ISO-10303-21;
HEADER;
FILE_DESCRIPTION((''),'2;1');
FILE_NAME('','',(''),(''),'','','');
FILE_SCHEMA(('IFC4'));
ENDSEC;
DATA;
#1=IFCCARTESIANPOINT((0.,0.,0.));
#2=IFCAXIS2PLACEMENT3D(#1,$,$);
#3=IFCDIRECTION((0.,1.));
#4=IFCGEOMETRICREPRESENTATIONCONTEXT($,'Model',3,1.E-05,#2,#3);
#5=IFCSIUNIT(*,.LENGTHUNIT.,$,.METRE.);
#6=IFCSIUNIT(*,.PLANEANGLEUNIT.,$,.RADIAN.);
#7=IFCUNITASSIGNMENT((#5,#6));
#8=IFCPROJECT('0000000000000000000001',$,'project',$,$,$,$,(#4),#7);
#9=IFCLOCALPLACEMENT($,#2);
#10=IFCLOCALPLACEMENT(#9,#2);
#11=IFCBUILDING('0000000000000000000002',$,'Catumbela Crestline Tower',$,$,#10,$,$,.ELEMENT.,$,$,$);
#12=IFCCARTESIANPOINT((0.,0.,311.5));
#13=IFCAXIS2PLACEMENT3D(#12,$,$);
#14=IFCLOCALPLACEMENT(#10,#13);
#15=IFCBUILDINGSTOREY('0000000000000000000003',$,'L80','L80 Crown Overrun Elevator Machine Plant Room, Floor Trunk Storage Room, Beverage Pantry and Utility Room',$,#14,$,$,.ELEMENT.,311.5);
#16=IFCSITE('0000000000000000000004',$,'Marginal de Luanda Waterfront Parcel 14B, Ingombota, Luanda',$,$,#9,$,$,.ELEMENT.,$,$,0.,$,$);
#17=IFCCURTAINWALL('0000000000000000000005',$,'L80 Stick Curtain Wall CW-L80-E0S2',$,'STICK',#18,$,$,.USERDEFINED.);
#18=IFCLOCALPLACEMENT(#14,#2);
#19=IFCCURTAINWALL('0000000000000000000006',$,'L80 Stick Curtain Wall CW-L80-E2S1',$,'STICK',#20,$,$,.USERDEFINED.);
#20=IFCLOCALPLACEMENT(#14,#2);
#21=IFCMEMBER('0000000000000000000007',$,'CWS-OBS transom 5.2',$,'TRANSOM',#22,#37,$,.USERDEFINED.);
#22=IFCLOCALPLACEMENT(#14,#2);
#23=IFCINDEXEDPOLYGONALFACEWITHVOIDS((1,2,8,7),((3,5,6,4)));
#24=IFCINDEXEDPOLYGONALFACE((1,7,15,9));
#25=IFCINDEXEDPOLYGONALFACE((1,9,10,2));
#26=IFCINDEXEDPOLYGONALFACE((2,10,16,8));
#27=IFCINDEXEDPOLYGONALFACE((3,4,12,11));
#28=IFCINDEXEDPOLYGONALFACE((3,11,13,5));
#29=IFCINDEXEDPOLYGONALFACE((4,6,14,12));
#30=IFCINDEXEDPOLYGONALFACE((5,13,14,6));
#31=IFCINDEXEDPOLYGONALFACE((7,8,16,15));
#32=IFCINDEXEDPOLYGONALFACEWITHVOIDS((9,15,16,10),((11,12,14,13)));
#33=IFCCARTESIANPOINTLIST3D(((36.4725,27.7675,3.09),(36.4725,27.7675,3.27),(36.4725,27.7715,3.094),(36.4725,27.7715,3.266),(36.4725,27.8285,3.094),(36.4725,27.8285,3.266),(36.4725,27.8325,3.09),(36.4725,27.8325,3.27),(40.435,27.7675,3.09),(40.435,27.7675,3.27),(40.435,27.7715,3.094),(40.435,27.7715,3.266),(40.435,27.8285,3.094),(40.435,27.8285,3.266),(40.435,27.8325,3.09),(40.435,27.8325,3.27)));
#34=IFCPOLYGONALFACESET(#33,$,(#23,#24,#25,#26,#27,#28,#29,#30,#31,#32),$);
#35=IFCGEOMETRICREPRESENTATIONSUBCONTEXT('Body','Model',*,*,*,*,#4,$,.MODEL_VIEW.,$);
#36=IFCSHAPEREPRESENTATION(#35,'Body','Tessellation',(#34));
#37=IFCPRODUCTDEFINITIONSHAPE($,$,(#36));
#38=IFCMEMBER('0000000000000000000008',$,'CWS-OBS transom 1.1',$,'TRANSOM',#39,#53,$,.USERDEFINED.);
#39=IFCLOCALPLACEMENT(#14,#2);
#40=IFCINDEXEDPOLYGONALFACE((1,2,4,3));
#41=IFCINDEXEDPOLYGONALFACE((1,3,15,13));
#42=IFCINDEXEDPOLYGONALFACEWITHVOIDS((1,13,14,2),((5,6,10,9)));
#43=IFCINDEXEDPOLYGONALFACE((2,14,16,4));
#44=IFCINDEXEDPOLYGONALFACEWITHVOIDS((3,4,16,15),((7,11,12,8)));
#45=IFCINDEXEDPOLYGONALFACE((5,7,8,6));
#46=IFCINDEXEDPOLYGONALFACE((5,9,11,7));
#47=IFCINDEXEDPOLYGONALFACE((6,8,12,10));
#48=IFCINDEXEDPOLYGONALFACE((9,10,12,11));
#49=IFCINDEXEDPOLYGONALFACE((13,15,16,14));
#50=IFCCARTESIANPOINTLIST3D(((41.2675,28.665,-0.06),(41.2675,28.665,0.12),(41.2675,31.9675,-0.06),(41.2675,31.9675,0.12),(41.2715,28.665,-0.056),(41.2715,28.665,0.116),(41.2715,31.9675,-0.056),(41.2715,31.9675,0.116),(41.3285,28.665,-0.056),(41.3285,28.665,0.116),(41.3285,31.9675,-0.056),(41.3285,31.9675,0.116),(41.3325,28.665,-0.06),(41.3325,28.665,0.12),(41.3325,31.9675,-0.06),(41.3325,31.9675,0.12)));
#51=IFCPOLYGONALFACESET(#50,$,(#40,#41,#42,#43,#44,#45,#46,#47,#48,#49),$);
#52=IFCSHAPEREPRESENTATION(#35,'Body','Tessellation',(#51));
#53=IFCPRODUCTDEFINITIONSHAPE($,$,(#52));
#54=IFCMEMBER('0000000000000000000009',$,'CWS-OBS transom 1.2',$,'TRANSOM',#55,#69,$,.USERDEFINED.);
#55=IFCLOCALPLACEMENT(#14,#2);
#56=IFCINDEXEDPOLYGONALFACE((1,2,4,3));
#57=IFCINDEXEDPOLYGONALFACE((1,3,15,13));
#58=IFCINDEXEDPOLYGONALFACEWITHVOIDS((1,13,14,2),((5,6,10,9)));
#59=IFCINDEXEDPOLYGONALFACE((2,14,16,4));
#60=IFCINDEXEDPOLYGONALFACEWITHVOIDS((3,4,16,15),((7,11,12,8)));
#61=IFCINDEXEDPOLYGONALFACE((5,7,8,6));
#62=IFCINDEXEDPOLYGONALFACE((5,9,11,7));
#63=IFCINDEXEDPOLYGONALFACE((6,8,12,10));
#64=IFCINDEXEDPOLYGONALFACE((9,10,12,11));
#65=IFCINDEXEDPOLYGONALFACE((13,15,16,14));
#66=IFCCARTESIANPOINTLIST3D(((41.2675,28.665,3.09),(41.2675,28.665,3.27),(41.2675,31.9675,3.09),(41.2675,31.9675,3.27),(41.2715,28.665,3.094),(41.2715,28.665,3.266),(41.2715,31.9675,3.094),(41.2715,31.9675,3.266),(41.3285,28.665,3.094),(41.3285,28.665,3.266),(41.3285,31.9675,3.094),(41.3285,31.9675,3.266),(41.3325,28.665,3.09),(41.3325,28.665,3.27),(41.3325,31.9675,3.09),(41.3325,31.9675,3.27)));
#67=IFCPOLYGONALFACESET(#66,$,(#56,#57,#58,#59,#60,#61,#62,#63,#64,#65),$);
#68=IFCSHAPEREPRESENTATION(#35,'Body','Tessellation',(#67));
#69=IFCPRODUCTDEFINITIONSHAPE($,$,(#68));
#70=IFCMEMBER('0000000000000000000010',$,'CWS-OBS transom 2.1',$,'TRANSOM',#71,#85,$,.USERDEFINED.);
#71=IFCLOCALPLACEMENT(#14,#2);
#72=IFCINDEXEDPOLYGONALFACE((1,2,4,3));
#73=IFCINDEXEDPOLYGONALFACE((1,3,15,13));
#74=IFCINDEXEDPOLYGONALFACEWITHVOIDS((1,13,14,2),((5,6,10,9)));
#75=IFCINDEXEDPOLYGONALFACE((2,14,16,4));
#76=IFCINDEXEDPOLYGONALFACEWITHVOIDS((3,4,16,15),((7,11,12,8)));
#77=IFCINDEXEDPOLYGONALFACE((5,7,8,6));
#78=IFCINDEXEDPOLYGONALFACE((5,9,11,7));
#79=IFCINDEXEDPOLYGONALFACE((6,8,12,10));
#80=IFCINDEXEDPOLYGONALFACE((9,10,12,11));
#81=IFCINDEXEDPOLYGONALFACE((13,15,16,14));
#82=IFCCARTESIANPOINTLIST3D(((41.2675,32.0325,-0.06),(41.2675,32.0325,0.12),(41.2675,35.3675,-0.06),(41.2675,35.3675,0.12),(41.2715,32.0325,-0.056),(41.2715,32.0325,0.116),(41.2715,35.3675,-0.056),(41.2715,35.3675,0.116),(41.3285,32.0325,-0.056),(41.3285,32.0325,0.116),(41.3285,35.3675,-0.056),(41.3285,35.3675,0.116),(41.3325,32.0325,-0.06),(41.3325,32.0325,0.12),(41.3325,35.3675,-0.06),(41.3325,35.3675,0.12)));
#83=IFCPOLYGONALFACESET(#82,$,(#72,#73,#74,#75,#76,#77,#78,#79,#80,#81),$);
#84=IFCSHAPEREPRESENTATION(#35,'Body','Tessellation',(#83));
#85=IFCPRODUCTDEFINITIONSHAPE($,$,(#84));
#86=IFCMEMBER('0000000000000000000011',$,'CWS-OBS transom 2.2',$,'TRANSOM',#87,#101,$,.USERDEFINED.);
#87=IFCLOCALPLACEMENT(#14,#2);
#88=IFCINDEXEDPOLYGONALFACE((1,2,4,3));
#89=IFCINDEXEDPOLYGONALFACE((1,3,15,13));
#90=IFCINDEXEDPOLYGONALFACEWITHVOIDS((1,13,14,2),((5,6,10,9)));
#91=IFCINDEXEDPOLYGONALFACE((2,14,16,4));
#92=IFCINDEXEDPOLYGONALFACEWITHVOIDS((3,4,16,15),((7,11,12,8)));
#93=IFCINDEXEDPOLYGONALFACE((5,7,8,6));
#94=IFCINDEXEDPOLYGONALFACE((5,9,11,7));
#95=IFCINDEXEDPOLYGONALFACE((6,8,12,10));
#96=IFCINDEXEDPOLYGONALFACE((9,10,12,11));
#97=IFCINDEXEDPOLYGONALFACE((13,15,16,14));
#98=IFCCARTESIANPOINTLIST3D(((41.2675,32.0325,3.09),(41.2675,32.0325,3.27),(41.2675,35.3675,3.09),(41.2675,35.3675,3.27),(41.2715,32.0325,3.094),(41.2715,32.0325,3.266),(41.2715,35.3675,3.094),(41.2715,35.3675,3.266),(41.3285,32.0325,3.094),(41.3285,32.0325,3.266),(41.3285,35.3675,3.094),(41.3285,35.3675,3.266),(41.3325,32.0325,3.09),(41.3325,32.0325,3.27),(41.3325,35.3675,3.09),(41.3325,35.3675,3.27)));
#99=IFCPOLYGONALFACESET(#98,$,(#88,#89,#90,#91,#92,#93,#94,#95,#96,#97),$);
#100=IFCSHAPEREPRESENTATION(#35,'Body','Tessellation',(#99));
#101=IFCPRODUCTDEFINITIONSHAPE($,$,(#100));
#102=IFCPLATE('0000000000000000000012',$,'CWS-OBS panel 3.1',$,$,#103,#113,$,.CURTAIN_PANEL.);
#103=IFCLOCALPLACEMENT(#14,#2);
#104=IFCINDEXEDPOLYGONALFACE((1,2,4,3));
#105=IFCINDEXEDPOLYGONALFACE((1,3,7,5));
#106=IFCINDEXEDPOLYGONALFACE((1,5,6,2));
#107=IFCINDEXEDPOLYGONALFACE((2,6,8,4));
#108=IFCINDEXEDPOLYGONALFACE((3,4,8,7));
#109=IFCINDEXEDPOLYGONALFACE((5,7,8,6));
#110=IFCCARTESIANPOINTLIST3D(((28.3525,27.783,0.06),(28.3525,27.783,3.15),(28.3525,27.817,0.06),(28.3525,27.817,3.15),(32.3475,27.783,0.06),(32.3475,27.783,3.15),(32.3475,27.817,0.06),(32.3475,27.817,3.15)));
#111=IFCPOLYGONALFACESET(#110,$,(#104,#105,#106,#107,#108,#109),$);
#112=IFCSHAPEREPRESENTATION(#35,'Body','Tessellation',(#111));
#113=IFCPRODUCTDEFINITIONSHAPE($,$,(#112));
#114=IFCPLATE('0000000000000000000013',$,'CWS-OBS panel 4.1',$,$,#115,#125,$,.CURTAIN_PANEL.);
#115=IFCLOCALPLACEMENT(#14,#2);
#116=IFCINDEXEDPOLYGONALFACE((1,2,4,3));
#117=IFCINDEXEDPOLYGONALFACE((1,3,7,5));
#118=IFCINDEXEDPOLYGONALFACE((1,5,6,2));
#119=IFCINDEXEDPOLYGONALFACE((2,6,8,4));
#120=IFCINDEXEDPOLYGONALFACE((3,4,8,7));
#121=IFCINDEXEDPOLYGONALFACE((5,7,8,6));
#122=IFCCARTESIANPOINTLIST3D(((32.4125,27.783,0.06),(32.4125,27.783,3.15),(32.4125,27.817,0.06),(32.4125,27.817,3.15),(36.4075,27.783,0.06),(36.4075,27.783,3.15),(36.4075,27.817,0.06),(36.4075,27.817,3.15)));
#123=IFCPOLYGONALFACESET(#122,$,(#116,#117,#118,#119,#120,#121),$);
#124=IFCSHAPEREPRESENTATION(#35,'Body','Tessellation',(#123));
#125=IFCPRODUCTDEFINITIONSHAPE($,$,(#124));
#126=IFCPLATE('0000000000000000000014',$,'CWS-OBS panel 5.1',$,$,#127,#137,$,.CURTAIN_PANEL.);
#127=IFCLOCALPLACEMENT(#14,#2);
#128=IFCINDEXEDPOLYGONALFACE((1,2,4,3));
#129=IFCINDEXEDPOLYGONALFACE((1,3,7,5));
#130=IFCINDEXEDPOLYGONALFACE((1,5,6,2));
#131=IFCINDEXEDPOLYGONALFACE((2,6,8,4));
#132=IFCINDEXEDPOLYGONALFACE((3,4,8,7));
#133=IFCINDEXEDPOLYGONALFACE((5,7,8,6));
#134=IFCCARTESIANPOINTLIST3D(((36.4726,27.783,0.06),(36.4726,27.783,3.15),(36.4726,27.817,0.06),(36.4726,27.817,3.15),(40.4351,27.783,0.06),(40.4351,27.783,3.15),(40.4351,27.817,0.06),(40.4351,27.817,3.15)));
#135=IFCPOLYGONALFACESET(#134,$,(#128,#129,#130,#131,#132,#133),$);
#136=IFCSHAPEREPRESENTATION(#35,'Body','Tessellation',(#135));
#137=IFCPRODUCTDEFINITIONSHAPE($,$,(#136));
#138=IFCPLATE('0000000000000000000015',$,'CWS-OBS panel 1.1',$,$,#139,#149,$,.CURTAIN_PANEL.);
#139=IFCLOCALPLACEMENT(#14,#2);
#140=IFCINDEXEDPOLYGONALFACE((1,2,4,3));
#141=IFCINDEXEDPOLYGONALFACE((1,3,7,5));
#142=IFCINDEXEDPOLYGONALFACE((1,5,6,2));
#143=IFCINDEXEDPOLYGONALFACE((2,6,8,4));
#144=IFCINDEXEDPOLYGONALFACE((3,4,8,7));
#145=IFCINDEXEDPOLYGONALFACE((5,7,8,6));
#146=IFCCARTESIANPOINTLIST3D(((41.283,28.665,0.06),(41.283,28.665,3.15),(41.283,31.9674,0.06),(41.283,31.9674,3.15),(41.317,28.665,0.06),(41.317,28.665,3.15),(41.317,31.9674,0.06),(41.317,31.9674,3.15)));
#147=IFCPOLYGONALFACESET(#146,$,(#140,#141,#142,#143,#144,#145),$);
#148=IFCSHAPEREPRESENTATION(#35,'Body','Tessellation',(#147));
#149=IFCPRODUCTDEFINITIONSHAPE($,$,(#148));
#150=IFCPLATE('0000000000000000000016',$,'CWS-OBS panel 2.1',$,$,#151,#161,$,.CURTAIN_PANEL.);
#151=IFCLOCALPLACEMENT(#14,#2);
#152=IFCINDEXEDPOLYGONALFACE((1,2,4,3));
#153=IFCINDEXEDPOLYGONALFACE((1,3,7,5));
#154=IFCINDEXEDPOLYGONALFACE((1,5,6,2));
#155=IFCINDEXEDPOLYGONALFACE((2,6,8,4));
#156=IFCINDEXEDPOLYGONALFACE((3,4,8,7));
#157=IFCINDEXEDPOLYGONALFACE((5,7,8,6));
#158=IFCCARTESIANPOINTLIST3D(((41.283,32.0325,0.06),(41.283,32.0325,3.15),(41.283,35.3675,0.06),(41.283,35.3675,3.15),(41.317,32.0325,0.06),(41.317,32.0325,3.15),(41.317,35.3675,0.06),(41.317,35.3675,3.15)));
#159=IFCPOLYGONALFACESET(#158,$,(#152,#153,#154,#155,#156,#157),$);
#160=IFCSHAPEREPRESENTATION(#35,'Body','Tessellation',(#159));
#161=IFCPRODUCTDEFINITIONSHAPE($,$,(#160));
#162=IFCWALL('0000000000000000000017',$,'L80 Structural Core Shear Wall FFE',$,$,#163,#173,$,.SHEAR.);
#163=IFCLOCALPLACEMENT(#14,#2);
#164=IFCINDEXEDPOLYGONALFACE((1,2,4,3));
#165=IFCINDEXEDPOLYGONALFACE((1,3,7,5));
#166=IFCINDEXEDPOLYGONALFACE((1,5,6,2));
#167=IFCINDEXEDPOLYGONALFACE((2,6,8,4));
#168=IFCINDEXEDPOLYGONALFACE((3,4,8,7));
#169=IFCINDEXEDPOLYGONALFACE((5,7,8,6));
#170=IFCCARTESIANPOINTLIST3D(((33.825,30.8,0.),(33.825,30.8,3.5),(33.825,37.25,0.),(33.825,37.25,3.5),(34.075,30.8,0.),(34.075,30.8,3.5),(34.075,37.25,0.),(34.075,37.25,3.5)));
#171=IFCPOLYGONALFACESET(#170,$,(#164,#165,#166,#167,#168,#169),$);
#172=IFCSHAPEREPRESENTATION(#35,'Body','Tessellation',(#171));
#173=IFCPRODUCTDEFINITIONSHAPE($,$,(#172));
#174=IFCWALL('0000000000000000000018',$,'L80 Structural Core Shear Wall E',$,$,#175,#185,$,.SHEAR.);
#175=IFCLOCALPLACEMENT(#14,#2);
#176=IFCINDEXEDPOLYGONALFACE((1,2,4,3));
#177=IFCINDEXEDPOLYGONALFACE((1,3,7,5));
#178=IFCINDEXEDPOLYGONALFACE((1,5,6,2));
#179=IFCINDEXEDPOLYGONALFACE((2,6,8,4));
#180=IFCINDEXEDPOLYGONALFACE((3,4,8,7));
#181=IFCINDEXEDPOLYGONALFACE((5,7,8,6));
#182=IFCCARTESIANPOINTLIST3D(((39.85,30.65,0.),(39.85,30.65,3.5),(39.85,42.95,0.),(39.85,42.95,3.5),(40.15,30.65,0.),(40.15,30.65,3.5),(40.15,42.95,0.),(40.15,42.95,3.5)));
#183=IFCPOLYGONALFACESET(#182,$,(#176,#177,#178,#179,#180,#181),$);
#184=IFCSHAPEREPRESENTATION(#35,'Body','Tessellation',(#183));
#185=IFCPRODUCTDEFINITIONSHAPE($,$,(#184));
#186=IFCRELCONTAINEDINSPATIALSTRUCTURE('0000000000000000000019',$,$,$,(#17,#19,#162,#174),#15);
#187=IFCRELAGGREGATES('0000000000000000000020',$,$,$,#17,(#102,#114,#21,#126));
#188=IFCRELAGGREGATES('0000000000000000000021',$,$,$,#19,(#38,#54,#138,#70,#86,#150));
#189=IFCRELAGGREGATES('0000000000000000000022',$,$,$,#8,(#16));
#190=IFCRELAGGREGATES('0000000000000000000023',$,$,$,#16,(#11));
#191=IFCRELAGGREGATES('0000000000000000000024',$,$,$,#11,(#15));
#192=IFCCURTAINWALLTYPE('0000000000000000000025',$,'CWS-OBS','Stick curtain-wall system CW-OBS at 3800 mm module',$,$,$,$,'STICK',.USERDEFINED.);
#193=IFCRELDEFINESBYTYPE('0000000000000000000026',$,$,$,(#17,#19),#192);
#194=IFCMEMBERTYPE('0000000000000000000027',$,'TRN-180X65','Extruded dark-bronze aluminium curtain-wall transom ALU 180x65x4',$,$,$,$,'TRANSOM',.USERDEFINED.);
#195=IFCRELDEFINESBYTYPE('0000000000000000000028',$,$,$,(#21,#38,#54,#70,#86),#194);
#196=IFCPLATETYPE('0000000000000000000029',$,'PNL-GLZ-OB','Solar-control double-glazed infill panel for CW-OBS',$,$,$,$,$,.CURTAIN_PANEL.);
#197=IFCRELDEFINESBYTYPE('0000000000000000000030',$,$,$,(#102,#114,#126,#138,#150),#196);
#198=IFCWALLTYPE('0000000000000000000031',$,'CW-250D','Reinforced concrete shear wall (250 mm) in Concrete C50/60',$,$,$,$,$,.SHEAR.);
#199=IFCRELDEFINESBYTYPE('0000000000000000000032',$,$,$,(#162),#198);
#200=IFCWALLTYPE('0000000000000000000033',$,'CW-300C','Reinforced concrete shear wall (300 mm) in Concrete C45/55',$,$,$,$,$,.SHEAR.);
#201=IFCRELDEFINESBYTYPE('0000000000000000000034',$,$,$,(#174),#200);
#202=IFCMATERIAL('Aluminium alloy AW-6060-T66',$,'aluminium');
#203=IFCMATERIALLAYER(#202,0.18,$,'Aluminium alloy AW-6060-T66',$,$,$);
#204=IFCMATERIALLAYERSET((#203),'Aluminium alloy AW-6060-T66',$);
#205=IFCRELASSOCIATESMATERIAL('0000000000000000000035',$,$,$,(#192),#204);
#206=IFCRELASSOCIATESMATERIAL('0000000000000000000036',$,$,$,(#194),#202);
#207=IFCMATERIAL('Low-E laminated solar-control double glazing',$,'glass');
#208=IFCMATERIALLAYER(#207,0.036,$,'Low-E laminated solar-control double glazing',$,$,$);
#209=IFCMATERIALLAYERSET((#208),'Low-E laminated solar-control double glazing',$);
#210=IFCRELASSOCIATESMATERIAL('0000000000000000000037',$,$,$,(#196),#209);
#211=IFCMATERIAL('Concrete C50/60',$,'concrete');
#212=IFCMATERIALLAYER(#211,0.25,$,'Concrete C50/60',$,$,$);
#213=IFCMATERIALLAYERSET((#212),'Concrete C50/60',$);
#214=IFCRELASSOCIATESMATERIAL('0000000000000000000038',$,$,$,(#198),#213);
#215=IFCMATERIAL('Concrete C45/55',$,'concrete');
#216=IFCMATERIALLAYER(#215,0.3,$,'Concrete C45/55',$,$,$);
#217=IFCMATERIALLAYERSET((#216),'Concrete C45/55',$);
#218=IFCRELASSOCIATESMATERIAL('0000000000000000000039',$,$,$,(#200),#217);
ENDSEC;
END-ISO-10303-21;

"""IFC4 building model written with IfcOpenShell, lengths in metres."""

from ifc_helpers import new_model, si_unit, direction, frame, frame_2d, origin, origin_2d, place, context, subcontext, project, spatial, rectangle, hollow_rectangle, extrude, material, layer, layer_set, material_profile, profile_set, type_object, element, aggregate, save


model = new_model("IFC4")

# Units and contexts
model_context = context("Model", 3, precision=1e-05, world=origin(), true_north=direction((0.0, 1.0)))
body_context = subcontext(model_context, "Body", "Model", "MODEL_VIEW")
ifc_project = project(units=[si_unit("LENGTHUNIT", "METRE"), si_unit("PLANEANGLEUNIT", "RADIAN")], contexts=[model_context])

# Site, building, storey
site_placement = place(None, origin())
site = spatial("IfcSite", under=ifc_project, at=site_placement, Name="Marginal de Luanda Waterfront Parcel 14B, Ingombota, Luanda", CompositionType="ELEMENT", RefElevation=0.0)
building_placement = place(site_placement, origin())
building = spatial("IfcBuilding", under=site, at=building_placement, Name="Catumbela Crestline Tower", CompositionType="ELEMENT")
storey_placement = place(building_placement, frame((0.0, 0.0, 311.5)))
storey = spatial("IfcBuildingStorey", under=building, at=storey_placement, Name="L80", Description="L80 Crown Overrun Elevator Machine Plant Room, Floor Trunk Storage Room, Beverage Pantry and Utility Room", CompositionType="ELEMENT", Elevation=311.5)

# Curtain walls
ifc_material_1 = material(Name="Aluminium alloy AW-6060-T66", Category="aluminium")
ifc_layer_1 = layer(ifc_material_1, 0.18, Name="Aluminium alloy AW-6060-T66")
ifc_layer_set_1 = layer_set([ifc_layer_1], Name="Aluminium alloy AW-6060-T66")
curtain_wall_type = type_object("IfcCurtainWallType", Name="CWS-OBS", Description="Stick curtain-wall system CW-OBS at 3800 mm module", ElementType="STICK", PredefinedType="USERDEFINED", material=ifc_layer_set_1)
curtain_wall_1_placement = place(storey_placement, origin())
curtain_wall_1 = element("IfcCurtainWall", 1, at=curtain_wall_1_placement, inside=storey, type_object=curtain_wall_type, Name="L80 Stick Curtain Wall CW-L80-E0S2", ObjectType="STICK", PredefinedType="USERDEFINED")
curtain_wall_2_placement = place(storey_placement, origin())
curtain_wall_2 = element("IfcCurtainWall", 2, at=curtain_wall_2_placement, inside=storey, type_object=curtain_wall_type, Name="L80 Stick Curtain Wall CW-L80-E2S1", ObjectType="STICK", PredefinedType="USERDEFINED")

# Members
ifc_material_profile_1 = material_profile(ifc_material_1, hollow_rectangle(XDim=0.065, YDim=0.18, WallThickness=0.004, at=origin_2d()), Name="ALU 180x65x4")
ifc_profile_set_1 = profile_set([ifc_material_profile_1], Name="Aluminium alloy AW-6060-T66")
member_type_1 = type_object("IfcMemberType", Name="TRN-180X65", Description="Extruded dark-bronze aluminium curtain-wall transom ALU 180x65x4", ElementType="TRANSOM", PredefinedType="USERDEFINED", material=ifc_profile_set_1)
member_1_placement = place(storey_placement, frame((36.4725, 27.8, 3.18), z_axis=(1.0, 0.0, 0.0), x_axis=(0.0, 1.0, 0.0)))
member_1 = element("IfcMember", 3, at=member_1_placement, type_object=member_type_1, Name="CWS-OBS transom 5.2", ObjectType="TRANSOM", PredefinedType="USERDEFINED", context=body_context, shape_type="SweptSolid", body=[
    extrude(hollow_rectangle(XDim=0.065, YDim=0.18, WallThickness=0.004, at=origin_2d()), origin(), (0.0, 0.0, 1.0), 3.9625),
])
member_2_placement = place(storey_placement, frame((41.3, 28.665, 0.03), z_axis=(0.0, 1.0, 0.0), x_axis=(-1.0, 0.0, 0.0)))
member_2 = element("IfcMember", 4, at=member_2_placement, type_object=member_type_1, Name="CWS-OBS transom 1.1", ObjectType="TRANSOM", PredefinedType="USERDEFINED", context=body_context, shape_type="SweptSolid", body=[
    extrude(hollow_rectangle(XDim=0.065, YDim=0.18, WallThickness=0.004, at=origin_2d()), origin(), (0.0, 0.0, 1.0), 3.3025),
])
member_3_placement = place(storey_placement, frame((41.3, 28.665, 3.18), z_axis=(0.0, 1.0, 0.0), x_axis=(-1.0, 0.0, 0.0)))
member_3 = element("IfcMember", 5, at=member_3_placement, type_object=member_type_1, Name="CWS-OBS transom 1.2", ObjectType="TRANSOM", PredefinedType="USERDEFINED", context=body_context, shape_type="SweptSolid", body=[
    extrude(hollow_rectangle(XDim=0.065, YDim=0.18, WallThickness=0.004, at=origin_2d()), origin(), (0.0, 0.0, 1.0), 3.3025),
])
member_4_placement = place(storey_placement, frame((41.3, 32.0325, 0.03), z_axis=(0.0, 1.0, 0.0), x_axis=(-1.0, 0.0, 0.0)))
member_4 = element("IfcMember", 6, at=member_4_placement, type_object=member_type_1, Name="CWS-OBS transom 2.1", ObjectType="TRANSOM", PredefinedType="USERDEFINED", context=body_context, shape_type="SweptSolid", body=[
    extrude(hollow_rectangle(XDim=0.065, YDim=0.18, WallThickness=0.004, at=origin_2d()), origin(), (0.0, 0.0, 1.0), 3.335),
])
member_5_placement = place(storey_placement, frame((41.3, 32.0325, 3.18), z_axis=(0.0, 1.0, 0.0), x_axis=(-1.0, 0.0, 0.0)))
member_5 = element("IfcMember", 7, at=member_5_placement, type_object=member_type_1, Name="CWS-OBS transom 2.2", ObjectType="TRANSOM", PredefinedType="USERDEFINED", context=body_context, shape_type="SweptSolid", body=[
    extrude(hollow_rectangle(XDim=0.065, YDim=0.18, WallThickness=0.004, at=origin_2d()), origin(), (0.0, 0.0, 1.0), 3.335),
])

# Plates
ifc_material_2 = material(Name="Low-E laminated solar-control double glazing", Category="glass")
ifc_layer_2 = layer(ifc_material_2, 0.036, Name="Low-E laminated solar-control double glazing")
ifc_layer_set_2 = layer_set([ifc_layer_2], Name="Low-E laminated solar-control double glazing")
plate_type = type_object("IfcPlateType", Name="PNL-GLZ-OB", Description="Solar-control double-glazed infill panel for CW-OBS", PredefinedType="CURTAIN_PANEL", material=ifc_layer_set_2)
plate_1_placement = place(storey_placement, frame((30.35, 27.8, 0.06), z_axis=(0.0, 0.0, 1.0), x_axis=(1.0, 0.0, 0.0)))
plate_1 = element("IfcPlate", 8, at=plate_1_placement, type_object=plate_type, Name="CWS-OBS panel 3.1", PredefinedType="CURTAIN_PANEL", context=body_context, shape_type="SweptSolid", body=[
    extrude(rectangle(XDim=3.995, YDim=0.034, at=origin_2d()), origin(), (0.0, 0.0, 1.0), 3.09),
])
plate_2_placement = place(storey_placement, frame((34.41, 27.8, 0.06), z_axis=(0.0, 0.0, 1.0), x_axis=(1.0, 0.0, 0.0)))
plate_2 = element("IfcPlate", 9, at=plate_2_placement, type_object=plate_type, Name="CWS-OBS panel 4.1", PredefinedType="CURTAIN_PANEL", context=body_context, shape_type="SweptSolid", body=[
    extrude(rectangle(XDim=3.995, YDim=0.034, at=origin_2d()), origin(), (0.0, 0.0, 1.0), 3.09),
])
plate_3_placement = place(storey_placement, frame((38.4538, 27.8, 0.06), z_axis=(0.0, 0.0, 1.0), x_axis=(1.0, 0.0, 0.0)))
plate_3 = element("IfcPlate", 10, at=plate_3_placement, type_object=plate_type, Name="CWS-OBS panel 5.1", PredefinedType="CURTAIN_PANEL", context=body_context, shape_type="SweptSolid", body=[
    extrude(rectangle(XDim=3.9625, YDim=0.034, at=origin_2d()), origin(), (0.0, 0.0, 1.0), 3.09),
])
aggregate(curtain_wall_1, [plate_1, plate_2, member_1, plate_3])
plate_4_placement = place(storey_placement, frame((41.3, 30.3162, 0.06), z_axis=(0.0, 0.0, 1.0), x_axis=(0.0, 1.0, 0.0)))
plate_4 = element("IfcPlate", 11, at=plate_4_placement, type_object=plate_type, Name="CWS-OBS panel 1.1", PredefinedType="CURTAIN_PANEL", context=body_context, shape_type="SweptSolid", body=[
    extrude(rectangle(XDim=3.3025, YDim=0.034, at=origin_2d()), origin(), (0.0, 0.0, 1.0), 3.09),
])
plate_5_placement = place(storey_placement, frame((41.3, 33.7, 0.06), z_axis=(0.0, 0.0, 1.0), x_axis=(0.0, 1.0, 0.0)))
plate_5 = element("IfcPlate", 12, at=plate_5_placement, type_object=plate_type, Name="CWS-OBS panel 2.1", PredefinedType="CURTAIN_PANEL", context=body_context, shape_type="SweptSolid", body=[
    extrude(rectangle(XDim=3.335, YDim=0.034, at=origin_2d()), origin(), (0.0, 0.0, 1.0), 3.09),
])
aggregate(curtain_wall_2, [member_2, member_3, plate_4, member_4, member_5, plate_5])

# Walls
ifc_material_3 = material(Name="Concrete C50/60", Category="concrete")
ifc_layer_3 = layer(ifc_material_3, 0.25, Name="Concrete C50/60")
ifc_layer_set_3 = layer_set([ifc_layer_3], Name="Concrete C50/60")
wall_type_1 = type_object("IfcWallType", Name="CW-250D", Description="Reinforced concrete shear wall (250 mm) in Concrete C50/60", PredefinedType="SHEAR", material=ifc_layer_set_3)
wall_1_placement = place(storey_placement, frame((33.95, 30.8, 0.0), z_axis=(0.0, 0.0, 1.0), x_axis=(0.0, 1.0, 0.0)))
element("IfcWall", 13, at=wall_1_placement, inside=storey, type_object=wall_type_1, Name="L80 Structural Core Shear Wall FFE", PredefinedType="SHEAR", context=body_context, shape_type="SweptSolid", body=[
    extrude(rectangle(XDim=6.45, YDim=0.25, at=frame_2d((3.225, 0.0))), origin(), (0.0, 0.0, 1.0), 3.5),
])
ifc_material_4 = material(Name="Concrete C45/55", Category="concrete")
ifc_layer_4 = layer(ifc_material_4, 0.3, Name="Concrete C45/55")
ifc_layer_set_4 = layer_set([ifc_layer_4], Name="Concrete C45/55")
wall_type_2 = type_object("IfcWallType", Name="CW-300C", Description="Reinforced concrete shear wall (300 mm) in Concrete C45/55", PredefinedType="SHEAR", material=ifc_layer_set_4)
wall_2_placement = place(storey_placement, frame((40.0, 30.65, 0.0), z_axis=(0.0, 0.0, 1.0), x_axis=(0.0, 1.0, 0.0)))
element("IfcWall", 14, at=wall_2_placement, inside=storey, type_object=wall_type_2, Name="L80 Structural Core Shear Wall E", PredefinedType="SHEAR", context=body_context, shape_type="SweptSolid", body=[
    extrude(rectangle(XDim=12.3, YDim=0.3, at=frame_2d((6.15, 0.0))), origin(), (0.0, 0.0, 1.0), 3.5),
])

save(model, "model.ifc")
